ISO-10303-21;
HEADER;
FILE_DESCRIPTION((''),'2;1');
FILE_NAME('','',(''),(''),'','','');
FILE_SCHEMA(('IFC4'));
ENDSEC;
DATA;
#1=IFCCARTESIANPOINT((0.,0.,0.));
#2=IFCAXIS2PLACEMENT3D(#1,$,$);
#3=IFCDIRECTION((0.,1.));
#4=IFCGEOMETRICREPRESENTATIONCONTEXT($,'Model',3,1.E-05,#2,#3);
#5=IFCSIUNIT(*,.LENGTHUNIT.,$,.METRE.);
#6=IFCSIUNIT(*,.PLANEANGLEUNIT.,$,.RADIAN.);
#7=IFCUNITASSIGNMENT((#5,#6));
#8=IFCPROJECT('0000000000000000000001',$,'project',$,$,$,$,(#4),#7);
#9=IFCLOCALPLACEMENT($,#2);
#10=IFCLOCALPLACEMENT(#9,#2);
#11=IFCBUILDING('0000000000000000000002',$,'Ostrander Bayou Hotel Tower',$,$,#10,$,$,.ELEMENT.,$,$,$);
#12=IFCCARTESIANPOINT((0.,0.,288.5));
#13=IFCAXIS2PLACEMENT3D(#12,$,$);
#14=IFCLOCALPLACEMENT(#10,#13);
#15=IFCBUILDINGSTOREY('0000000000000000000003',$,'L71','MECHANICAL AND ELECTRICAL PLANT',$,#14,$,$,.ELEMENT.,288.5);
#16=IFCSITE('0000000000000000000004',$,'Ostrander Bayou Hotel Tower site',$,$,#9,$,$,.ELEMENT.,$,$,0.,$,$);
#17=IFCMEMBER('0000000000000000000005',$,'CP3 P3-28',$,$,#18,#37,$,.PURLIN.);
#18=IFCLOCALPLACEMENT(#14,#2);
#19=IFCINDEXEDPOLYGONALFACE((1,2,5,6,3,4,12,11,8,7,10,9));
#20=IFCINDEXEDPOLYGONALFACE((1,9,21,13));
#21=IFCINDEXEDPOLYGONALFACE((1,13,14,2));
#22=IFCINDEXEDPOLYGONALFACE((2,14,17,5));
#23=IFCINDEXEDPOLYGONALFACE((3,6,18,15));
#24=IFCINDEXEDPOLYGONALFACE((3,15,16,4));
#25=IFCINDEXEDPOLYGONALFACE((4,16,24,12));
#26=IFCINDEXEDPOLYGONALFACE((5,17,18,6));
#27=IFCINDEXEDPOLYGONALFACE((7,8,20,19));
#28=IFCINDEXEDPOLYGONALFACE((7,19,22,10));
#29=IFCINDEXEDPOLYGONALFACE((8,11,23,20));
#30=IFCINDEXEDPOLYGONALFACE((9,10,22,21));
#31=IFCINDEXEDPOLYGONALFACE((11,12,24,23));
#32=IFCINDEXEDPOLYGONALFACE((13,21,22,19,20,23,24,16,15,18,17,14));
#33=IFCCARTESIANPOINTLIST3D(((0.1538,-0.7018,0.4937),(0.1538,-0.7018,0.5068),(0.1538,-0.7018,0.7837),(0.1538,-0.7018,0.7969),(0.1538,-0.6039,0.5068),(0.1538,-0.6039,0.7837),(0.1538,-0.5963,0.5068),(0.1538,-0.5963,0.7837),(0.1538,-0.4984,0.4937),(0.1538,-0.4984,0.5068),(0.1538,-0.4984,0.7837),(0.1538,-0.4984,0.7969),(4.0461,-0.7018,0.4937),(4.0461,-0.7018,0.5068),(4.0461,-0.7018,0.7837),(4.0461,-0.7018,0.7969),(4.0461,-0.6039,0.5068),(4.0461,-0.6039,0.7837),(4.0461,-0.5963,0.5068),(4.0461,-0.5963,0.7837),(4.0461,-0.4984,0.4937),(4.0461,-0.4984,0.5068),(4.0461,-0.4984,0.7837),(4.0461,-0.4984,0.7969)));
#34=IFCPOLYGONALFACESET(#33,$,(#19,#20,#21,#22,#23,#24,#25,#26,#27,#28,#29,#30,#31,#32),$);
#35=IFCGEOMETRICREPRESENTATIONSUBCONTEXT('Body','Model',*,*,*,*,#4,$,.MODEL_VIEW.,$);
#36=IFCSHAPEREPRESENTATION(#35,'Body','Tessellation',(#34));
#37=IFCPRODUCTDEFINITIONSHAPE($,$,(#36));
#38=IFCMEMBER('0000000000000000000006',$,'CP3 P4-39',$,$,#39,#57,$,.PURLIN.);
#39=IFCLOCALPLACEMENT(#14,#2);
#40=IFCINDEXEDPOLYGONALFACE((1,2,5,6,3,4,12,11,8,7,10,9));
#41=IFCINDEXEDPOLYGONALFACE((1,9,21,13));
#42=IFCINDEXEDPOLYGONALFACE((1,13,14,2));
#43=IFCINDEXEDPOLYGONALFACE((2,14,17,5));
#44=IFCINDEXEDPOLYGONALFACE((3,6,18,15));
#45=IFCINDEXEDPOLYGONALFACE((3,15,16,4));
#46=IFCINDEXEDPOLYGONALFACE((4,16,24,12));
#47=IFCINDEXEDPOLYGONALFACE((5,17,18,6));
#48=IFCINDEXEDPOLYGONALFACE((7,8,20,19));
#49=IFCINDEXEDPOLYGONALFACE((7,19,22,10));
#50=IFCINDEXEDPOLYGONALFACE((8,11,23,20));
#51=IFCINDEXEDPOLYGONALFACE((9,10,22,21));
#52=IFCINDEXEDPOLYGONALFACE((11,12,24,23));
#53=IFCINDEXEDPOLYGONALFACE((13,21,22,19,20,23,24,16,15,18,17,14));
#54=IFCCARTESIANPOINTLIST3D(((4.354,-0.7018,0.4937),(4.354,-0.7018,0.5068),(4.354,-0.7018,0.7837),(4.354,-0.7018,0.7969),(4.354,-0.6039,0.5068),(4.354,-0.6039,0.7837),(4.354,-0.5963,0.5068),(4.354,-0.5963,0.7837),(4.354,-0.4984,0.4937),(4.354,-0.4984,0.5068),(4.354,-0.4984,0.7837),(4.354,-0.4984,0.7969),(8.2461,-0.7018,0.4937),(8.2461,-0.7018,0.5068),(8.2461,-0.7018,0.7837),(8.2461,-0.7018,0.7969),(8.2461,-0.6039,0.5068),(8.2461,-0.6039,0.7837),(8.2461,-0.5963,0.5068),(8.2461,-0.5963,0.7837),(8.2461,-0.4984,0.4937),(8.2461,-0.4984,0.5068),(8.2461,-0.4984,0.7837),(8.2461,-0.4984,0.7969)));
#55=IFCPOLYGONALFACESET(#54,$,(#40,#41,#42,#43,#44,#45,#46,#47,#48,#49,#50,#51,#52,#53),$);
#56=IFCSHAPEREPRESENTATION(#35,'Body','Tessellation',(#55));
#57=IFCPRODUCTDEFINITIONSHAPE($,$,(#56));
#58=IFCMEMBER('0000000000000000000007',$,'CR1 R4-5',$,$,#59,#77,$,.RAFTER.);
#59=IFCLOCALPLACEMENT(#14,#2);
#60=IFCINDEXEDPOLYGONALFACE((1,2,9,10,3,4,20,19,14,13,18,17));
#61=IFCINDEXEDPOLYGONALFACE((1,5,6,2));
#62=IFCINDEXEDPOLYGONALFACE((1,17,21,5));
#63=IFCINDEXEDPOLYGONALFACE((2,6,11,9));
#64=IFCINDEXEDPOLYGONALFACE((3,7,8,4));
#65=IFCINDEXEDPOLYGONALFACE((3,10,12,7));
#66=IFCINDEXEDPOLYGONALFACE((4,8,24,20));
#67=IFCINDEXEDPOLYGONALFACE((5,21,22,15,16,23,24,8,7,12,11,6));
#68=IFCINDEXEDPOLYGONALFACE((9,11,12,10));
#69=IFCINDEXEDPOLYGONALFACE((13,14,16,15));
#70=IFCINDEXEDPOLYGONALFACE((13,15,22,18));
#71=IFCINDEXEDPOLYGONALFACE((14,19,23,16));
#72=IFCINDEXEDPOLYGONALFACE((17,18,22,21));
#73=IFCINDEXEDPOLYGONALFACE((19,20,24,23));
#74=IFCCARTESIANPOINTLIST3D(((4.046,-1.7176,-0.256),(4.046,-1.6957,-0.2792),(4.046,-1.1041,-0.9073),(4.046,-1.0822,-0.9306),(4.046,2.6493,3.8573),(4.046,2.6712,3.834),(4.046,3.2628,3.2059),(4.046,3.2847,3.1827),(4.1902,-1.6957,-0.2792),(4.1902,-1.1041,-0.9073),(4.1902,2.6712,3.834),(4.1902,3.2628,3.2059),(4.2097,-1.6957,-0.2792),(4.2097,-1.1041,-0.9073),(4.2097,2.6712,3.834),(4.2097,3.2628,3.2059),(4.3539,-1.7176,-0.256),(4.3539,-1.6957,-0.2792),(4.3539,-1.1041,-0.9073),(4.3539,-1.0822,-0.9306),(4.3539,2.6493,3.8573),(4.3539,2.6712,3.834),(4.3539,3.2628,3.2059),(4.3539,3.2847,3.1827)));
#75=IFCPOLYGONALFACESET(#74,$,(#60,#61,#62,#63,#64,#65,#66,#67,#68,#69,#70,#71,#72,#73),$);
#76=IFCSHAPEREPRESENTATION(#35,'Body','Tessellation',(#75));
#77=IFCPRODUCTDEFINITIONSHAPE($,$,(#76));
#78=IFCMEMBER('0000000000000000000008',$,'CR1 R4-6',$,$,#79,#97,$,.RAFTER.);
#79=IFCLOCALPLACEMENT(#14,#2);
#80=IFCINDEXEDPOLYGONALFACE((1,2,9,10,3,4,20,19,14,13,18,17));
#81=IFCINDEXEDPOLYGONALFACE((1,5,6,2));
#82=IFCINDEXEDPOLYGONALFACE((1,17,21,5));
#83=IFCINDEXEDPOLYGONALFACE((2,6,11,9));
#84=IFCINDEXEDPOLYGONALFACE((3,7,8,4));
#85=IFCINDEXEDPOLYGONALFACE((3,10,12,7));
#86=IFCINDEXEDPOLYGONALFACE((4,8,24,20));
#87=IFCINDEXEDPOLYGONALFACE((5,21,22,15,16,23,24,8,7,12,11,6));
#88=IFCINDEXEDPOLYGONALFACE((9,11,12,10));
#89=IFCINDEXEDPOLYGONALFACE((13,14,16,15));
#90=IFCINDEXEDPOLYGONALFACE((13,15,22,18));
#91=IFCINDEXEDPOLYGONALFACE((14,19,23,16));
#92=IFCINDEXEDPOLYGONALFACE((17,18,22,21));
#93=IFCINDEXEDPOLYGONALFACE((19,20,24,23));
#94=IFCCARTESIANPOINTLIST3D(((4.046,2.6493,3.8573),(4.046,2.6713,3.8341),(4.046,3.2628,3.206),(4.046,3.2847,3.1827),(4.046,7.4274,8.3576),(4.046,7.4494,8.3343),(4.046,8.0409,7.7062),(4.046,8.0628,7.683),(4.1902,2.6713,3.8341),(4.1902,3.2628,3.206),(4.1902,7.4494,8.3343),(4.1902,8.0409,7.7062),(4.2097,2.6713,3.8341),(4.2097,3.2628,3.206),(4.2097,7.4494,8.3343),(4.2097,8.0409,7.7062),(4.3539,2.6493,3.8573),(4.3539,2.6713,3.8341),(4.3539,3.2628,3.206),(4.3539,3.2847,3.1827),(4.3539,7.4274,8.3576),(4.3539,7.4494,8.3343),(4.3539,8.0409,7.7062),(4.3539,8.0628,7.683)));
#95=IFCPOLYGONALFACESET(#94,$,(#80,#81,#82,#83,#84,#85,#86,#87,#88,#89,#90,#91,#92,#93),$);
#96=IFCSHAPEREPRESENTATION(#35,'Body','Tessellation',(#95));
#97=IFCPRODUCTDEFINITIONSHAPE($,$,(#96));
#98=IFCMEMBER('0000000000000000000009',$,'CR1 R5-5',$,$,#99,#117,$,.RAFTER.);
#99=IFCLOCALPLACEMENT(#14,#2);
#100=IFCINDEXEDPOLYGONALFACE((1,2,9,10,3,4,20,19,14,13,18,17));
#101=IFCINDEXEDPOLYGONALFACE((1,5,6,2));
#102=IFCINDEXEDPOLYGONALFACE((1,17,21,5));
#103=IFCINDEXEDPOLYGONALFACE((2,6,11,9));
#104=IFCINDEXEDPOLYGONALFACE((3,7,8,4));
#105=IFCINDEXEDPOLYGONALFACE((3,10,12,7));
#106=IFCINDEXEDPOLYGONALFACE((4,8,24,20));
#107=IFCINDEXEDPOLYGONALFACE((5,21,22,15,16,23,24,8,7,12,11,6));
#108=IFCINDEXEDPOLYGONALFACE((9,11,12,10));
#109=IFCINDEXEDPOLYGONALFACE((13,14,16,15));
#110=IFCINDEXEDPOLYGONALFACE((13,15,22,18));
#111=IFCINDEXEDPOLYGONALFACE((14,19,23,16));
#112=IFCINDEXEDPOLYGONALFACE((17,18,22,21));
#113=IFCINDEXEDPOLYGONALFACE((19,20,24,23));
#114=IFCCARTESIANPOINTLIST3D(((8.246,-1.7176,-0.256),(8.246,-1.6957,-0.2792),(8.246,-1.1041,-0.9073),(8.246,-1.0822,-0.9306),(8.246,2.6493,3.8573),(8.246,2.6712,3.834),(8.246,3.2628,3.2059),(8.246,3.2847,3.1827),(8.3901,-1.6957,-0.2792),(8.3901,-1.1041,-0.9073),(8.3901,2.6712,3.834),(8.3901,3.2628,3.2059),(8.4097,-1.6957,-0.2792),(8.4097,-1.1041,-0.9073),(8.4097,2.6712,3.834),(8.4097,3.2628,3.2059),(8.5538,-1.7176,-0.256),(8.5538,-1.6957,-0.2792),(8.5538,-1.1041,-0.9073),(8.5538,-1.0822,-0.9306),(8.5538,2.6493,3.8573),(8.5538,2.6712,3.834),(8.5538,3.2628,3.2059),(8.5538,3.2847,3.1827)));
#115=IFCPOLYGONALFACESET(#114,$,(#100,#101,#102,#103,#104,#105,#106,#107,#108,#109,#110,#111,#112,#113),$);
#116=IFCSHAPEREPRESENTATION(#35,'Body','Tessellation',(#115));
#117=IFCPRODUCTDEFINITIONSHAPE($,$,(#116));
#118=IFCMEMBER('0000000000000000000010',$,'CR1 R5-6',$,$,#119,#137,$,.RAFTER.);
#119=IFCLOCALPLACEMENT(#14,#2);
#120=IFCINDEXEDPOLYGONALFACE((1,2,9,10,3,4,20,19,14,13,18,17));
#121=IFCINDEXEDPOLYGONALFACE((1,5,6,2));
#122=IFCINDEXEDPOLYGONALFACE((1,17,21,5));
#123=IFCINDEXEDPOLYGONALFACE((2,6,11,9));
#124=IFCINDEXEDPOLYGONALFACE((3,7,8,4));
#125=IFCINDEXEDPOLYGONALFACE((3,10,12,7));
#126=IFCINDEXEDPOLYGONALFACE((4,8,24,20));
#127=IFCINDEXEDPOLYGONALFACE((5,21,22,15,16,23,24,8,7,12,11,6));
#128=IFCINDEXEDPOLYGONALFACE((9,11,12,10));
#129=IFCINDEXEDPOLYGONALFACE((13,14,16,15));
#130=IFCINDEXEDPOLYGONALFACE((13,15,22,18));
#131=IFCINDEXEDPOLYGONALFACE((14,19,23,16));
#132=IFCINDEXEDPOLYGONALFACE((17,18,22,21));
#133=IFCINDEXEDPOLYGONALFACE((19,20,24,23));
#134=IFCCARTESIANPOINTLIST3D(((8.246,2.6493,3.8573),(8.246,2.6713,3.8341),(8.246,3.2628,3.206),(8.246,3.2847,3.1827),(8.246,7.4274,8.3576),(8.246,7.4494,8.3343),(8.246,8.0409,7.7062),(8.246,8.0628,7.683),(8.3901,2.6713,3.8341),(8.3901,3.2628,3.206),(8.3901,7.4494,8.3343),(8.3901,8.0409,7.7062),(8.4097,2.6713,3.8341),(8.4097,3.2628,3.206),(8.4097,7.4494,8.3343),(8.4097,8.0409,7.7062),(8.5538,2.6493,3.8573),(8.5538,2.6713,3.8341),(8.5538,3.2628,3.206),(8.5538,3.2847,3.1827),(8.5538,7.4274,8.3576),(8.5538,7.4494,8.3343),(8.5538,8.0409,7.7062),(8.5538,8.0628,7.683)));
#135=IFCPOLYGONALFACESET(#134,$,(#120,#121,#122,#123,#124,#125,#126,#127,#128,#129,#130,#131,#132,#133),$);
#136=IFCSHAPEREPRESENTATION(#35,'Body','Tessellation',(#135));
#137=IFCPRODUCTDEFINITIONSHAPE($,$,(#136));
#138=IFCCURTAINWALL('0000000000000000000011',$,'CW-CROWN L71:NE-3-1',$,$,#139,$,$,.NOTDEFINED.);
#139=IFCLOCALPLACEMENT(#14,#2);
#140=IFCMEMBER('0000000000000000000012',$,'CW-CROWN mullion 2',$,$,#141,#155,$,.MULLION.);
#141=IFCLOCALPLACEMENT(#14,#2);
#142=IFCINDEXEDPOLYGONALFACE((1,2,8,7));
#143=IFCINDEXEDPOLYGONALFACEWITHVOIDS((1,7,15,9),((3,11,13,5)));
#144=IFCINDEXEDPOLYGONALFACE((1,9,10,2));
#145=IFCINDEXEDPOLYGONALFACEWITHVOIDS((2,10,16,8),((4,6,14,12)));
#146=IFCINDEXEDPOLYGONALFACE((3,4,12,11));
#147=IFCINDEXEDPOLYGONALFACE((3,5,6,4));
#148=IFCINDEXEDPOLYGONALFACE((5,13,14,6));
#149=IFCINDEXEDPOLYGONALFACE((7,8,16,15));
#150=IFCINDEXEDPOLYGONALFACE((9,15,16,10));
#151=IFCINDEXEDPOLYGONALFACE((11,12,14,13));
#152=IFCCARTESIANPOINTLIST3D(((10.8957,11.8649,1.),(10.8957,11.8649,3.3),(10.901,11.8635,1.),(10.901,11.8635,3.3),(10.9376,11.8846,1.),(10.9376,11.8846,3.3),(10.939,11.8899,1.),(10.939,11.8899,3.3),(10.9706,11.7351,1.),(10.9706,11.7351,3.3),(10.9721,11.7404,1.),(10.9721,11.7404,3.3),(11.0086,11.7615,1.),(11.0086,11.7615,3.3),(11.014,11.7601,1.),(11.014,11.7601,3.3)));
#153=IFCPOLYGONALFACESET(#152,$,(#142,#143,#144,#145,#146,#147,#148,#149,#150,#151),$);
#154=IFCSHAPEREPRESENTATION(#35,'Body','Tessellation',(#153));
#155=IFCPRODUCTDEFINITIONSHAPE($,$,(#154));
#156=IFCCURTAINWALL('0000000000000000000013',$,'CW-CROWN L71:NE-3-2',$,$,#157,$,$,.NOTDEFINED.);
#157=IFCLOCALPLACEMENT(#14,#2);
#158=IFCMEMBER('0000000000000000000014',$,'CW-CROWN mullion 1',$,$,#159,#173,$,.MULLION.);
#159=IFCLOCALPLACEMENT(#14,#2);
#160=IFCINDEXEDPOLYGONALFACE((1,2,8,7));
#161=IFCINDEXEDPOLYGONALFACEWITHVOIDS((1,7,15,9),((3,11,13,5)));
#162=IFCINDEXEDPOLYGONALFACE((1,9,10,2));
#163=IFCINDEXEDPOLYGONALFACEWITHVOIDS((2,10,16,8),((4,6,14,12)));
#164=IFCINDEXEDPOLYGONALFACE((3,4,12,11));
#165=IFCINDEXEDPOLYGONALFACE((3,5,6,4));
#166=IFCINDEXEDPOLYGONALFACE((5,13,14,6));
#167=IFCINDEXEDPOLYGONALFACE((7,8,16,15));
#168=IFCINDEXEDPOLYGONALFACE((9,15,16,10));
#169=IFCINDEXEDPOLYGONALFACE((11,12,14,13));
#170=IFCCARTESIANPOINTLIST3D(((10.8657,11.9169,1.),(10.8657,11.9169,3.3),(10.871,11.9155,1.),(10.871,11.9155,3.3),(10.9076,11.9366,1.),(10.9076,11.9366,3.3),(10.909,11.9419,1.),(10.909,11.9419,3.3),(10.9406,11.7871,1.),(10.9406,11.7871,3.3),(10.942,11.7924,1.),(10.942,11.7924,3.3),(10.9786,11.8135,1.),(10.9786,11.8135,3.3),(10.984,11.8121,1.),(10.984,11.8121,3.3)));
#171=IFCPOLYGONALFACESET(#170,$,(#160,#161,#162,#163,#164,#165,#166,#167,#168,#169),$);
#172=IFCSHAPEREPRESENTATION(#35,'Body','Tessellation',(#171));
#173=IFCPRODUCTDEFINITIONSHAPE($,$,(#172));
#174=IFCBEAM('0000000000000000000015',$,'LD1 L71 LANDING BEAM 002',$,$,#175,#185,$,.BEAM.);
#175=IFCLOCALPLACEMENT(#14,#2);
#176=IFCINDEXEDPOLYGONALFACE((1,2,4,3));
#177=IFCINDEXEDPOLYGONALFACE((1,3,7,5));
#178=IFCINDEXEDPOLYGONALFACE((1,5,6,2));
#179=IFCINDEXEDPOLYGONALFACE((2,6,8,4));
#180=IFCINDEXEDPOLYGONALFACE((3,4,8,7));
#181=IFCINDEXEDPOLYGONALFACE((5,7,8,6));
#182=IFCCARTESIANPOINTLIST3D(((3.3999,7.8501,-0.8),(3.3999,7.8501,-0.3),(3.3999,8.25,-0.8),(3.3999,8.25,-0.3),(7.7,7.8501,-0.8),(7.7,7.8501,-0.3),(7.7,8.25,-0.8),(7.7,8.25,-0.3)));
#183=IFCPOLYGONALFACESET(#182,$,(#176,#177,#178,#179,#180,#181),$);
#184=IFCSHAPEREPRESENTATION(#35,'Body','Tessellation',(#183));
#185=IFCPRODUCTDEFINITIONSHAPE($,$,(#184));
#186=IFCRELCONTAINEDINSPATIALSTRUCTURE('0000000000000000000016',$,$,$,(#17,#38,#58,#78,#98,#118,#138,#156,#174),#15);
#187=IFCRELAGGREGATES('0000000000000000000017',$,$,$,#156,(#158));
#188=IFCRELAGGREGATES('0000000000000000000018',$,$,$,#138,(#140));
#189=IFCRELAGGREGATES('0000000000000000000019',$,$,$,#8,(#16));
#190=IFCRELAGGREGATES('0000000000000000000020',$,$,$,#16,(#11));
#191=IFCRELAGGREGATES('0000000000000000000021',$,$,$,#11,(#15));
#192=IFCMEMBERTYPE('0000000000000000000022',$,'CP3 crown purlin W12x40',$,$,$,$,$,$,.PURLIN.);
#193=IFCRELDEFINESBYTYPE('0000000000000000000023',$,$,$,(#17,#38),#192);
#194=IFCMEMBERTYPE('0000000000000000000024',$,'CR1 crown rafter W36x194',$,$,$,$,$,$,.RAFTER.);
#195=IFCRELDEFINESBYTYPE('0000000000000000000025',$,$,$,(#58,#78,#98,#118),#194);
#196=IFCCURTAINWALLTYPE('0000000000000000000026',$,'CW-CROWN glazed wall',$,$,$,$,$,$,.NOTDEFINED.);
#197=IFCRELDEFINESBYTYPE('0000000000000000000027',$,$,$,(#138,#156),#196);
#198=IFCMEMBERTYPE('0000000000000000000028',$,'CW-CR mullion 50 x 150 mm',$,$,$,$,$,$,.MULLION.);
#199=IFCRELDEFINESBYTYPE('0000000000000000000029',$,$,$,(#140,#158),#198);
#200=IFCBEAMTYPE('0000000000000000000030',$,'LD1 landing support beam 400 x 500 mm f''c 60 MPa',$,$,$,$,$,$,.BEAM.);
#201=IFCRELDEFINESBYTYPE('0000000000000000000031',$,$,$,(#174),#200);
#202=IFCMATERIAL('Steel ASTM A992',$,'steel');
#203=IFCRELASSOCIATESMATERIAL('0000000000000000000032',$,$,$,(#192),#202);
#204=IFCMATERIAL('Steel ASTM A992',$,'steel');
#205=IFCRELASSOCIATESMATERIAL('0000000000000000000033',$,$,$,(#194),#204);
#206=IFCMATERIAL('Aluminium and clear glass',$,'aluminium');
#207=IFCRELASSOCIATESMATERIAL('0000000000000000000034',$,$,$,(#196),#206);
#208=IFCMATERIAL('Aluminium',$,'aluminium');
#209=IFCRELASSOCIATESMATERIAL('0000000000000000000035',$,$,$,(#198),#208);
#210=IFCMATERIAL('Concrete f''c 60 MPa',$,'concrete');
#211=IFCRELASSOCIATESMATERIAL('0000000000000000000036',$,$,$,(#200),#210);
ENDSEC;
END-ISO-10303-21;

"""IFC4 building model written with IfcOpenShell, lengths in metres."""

from ifc_helpers import new_model, si_unit, direction, frame, origin, origin_2d, place, context, subcontext, project, spatial, rectangle, hollow_rectangle, i_section, extrude, material, material_profile, profile_set, type_object, element, aggregate, save


model = new_model("IFC4")

# Units and contexts
model_context = context("Model", 3, precision=1e-05, world=origin(), true_north=direction((0.0, 1.0)))
body_context = subcontext(model_context, "Body", "Model", "MODEL_VIEW")
ifc_project = project(units=[si_unit("LENGTHUNIT", "METRE"), si_unit("PLANEANGLEUNIT", "RADIAN")], contexts=[model_context])

# Site, building, storey
site_placement = place(None, origin())
site = spatial("IfcSite", under=ifc_project, at=site_placement, Name="Ostrander Bayou Hotel Tower site", CompositionType="ELEMENT", RefElevation=0.0)
building_placement = place(site_placement, origin())
building = spatial("IfcBuilding", under=site, at=building_placement, Name="Ostrander Bayou Hotel Tower", CompositionType="ELEMENT")
storey_placement = place(building_placement, frame((0.0, 0.0, 288.5)))
storey = spatial("IfcBuildingStorey", under=building, at=storey_placement, Name="L71", Description="MECHANICAL AND ELECTRICAL PLANT", CompositionType="ELEMENT", Elevation=288.5)

# Members
ifc_material_1 = material(Name="Steel ASTM A992", Category="steel")
ifc_material_profile_1 = material_profile(ifc_material_1, i_section(OverallWidth=0.2034, OverallDepth=0.3032, WebThickness=0.0076, FlangeThickness=0.0132, at=origin_2d()))
ifc_profile_set_1 = profile_set([ifc_material_profile_1], Name="Steel ASTM A992")
member_type_1 = type_object("IfcMemberType", Name="CP3 crown purlin W12x40", PredefinedType="PURLIN", material=ifc_profile_set_1)
member_1_placement = place(storey_placement, frame((0.1538, -0.6001, 0.6453), z_axis=(1.0, 0.0, 0.0), x_axis=(0.0, 1.0, 0.0)))
element("IfcMember", 1, at=member_1_placement, inside=storey, type_object=member_type_1, Name="CP3 P3-28", PredefinedType="PURLIN", context=body_context, shape_type="SweptSolid", body=[
    extrude(i_section(OverallWidth=0.2034, OverallDepth=0.3032, WebThickness=0.0076, FlangeThickness=0.0132, at=origin_2d()), origin(), (0.0, 0.0, 1.0), 3.8923),
])
member_2_placement = place(storey_placement, frame((4.354, -0.6001, 0.6453), z_axis=(1.0, 0.0, 0.0), x_axis=(0.0, 1.0, 0.0)))
element("IfcMember", 2, at=member_2_placement, inside=storey, type_object=member_type_1, Name="CP3 P4-39", PredefinedType="PURLIN", context=body_context, shape_type="SweptSolid", body=[
    extrude(i_section(OverallWidth=0.2034, OverallDepth=0.3032, WebThickness=0.0076, FlangeThickness=0.0132, at=origin_2d()), origin(), (0.0, 0.0, 1.0), 3.8921),
])
ifc_material_2 = material(Name="Steel ASTM A992", Category="steel")
ifc_material_profile_2 = material_profile(ifc_material_2, i_section(OverallWidth=0.3079, OverallDepth=0.9268, WebThickness=0.0195, FlangeThickness=0.032, at=origin_2d()))
ifc_profile_set_2 = profile_set([ifc_material_profile_2], Name="Steel ASTM A992")
member_type_2 = type_object("IfcMemberType", Name="CR1 crown rafter W36x194", PredefinedType="RAFTER", material=ifc_profile_set_2)
member_3_placement = place(storey_placement, frame((4.2, -1.3999, -0.5933), z_axis=(0.0, 0.727932, 0.685649), x_axis=(-1.0, 0.0, 0.0)))
element("IfcMember", 3, at=member_3_placement, inside=storey, type_object=member_type_2, Name="CR1 R4-5", PredefinedType="RAFTER", context=body_context, shape_type="SweptSolid", body=[
    extrude(i_section(OverallWidth=0.3079, OverallDepth=0.9268, WebThickness=0.0195, FlangeThickness=0.032, at=origin_2d()), origin(), (0.0, 0.0, 1.0), 5.999),
])
member_4_placement = place(storey_placement, frame((4.2, 2.967, 3.52), z_axis=(0.0, 0.727954, 0.685626), x_axis=(-1.0, 0.0, 0.0)))
element("IfcMember", 4, at=member_4_placement, inside=storey, type_object=member_type_2, Name="CR1 R4-6", PredefinedType="RAFTER", context=body_context, shape_type="SweptSolid", body=[
    extrude(i_section(OverallWidth=0.3079, OverallDepth=0.9268, WebThickness=0.0195, FlangeThickness=0.032, at=origin_2d()), origin(), (0.0, 0.0, 1.0), 6.5637),
])
member_5_placement = place(storey_placement, frame((8.3999, -1.3999, -0.5933), z_axis=(0.0, 0.727932, 0.685649), x_axis=(-1.0, 0.0, 0.0)))
element("IfcMember", 5, at=member_5_placement, inside=storey, type_object=member_type_2, Name="CR1 R5-5", PredefinedType="RAFTER", context=body_context, shape_type="SweptSolid", body=[
    extrude(i_section(OverallWidth=0.3079, OverallDepth=0.9268, WebThickness=0.0195, FlangeThickness=0.032, at=origin_2d()), origin(), (0.0, 0.0, 1.0), 5.999),
])
member_6_placement = place(storey_placement, frame((8.3999, 2.967, 3.52), z_axis=(0.0, 0.727954, 0.685626), x_axis=(-1.0, 0.0, 0.0)))
element("IfcMember", 6, at=member_6_placement, inside=storey, type_object=member_type_2, Name="CR1 R5-6", PredefinedType="RAFTER", context=body_context, shape_type="SweptSolid", body=[
    extrude(i_section(OverallWidth=0.3079, OverallDepth=0.9268, WebThickness=0.0195, FlangeThickness=0.032, at=origin_2d()), origin(), (0.0, 0.0, 1.0), 6.5637),
])

# Curtain walls, members
ifc_material_3 = material(Name="Aluminium and clear glass", Category="aluminium")
curtain_wall_type = type_object("IfcCurtainWallType", Name="CW-CROWN glazed wall", PredefinedType="NOTDEFINED", material=ifc_material_3)
curtain_wall_1_placement = place(storey_placement, origin())
curtain_wall_1 = element("IfcCurtainWall", 7, at=curtain_wall_1_placement, inside=storey, type_object=curtain_wall_type, Name="CW-CROWN L71:NE-3-1", PredefinedType="NOTDEFINED")
ifc_material_4 = material(Name="Aluminium", Category="aluminium")
ifc_material_profile_3 = material_profile(ifc_material_4, hollow_rectangle(XDim=0.05, YDim=0.1499, WallThickness=0.0039, at=origin_2d()))
ifc_profile_set_3 = profile_set([ifc_material_profile_3], Name="Aluminium")
member_type_3 = type_object("IfcMemberType", Name="CW-CR mullion 50 x 150 mm", PredefinedType="MULLION", material=ifc_profile_set_3)
member_7_placement = place(storey_placement, frame((10.9548, 11.8125, 1.0), z_axis=(0.0, 0.0, 1.0), x_axis=(-0.866026, -0.499999, 0.0)))
member_7 = element("IfcMember", 8, at=member_7_placement, type_object=member_type_3, Name="CW-CROWN mullion 2", PredefinedType="MULLION", context=body_context, shape_type="SweptSolid", body=[
    extrude(hollow_rectangle(XDim=0.05, YDim=0.1499, WallThickness=0.0039, at=origin_2d()), origin(), (0.0, 0.0, 1.0), 2.3),
])
curtain_wall_2_placement = place(storey_placement, origin())
curtain_wall_2 = element("IfcCurtainWall", 9, at=curtain_wall_2_placement, inside=storey, type_object=curtain_wall_type, Name="CW-CROWN L71:NE-3-2", PredefinedType="NOTDEFINED")
member_8_placement = place(storey_placement, frame((10.9248, 11.8645, 1.0), z_axis=(0.0, 0.0, 1.0), x_axis=(-0.866001, -0.500042, 0.0)))
member_8 = element("IfcMember", 10, at=member_8_placement, type_object=member_type_3, Name="CW-CROWN mullion 1", PredefinedType="MULLION", context=body_context, shape_type="SweptSolid", body=[
    extrude(hollow_rectangle(XDim=0.05, YDim=0.1499, WallThickness=0.0039, at=origin_2d()), origin(), (0.0, 0.0, 1.0), 2.3),
])
aggregate(curtain_wall_2, [member_8])

# Beam
ifc_material_5 = material(Name="Concrete f'c 60 MPa", Category="concrete")
ifc_material_profile_4 = material_profile(ifc_material_5, rectangle(XDim=0.3999, YDim=0.5, at=origin_2d()))
ifc_profile_set_4 = profile_set([ifc_material_profile_4], Name="Concrete f'c 60 MPa")
beam_type = type_object("IfcBeamType", Name="LD1 landing support beam 400 x 500 mm f'c 60 MPa", PredefinedType="BEAM", material=ifc_profile_set_4)
beam_placement = place(storey_placement, frame((7.7, 8.05, -0.55), z_axis=(-1.0, 0.0, 0.0), x_axis=(0.0, -1.0, 0.0)))
element("IfcBeam", 11, at=beam_placement, inside=storey, type_object=beam_type, Name="LD1 L71 LANDING BEAM 002", PredefinedType="BEAM", context=body_context, shape_type="SweptSolid", body=[
    extrude(rectangle(XDim=0.3999, YDim=0.5, at=origin_2d()), origin(), (0.0, 0.0, 1.0), 4.3),
])

aggregate(curtain_wall_1, [member_7])

save(model, "model.ifc")
